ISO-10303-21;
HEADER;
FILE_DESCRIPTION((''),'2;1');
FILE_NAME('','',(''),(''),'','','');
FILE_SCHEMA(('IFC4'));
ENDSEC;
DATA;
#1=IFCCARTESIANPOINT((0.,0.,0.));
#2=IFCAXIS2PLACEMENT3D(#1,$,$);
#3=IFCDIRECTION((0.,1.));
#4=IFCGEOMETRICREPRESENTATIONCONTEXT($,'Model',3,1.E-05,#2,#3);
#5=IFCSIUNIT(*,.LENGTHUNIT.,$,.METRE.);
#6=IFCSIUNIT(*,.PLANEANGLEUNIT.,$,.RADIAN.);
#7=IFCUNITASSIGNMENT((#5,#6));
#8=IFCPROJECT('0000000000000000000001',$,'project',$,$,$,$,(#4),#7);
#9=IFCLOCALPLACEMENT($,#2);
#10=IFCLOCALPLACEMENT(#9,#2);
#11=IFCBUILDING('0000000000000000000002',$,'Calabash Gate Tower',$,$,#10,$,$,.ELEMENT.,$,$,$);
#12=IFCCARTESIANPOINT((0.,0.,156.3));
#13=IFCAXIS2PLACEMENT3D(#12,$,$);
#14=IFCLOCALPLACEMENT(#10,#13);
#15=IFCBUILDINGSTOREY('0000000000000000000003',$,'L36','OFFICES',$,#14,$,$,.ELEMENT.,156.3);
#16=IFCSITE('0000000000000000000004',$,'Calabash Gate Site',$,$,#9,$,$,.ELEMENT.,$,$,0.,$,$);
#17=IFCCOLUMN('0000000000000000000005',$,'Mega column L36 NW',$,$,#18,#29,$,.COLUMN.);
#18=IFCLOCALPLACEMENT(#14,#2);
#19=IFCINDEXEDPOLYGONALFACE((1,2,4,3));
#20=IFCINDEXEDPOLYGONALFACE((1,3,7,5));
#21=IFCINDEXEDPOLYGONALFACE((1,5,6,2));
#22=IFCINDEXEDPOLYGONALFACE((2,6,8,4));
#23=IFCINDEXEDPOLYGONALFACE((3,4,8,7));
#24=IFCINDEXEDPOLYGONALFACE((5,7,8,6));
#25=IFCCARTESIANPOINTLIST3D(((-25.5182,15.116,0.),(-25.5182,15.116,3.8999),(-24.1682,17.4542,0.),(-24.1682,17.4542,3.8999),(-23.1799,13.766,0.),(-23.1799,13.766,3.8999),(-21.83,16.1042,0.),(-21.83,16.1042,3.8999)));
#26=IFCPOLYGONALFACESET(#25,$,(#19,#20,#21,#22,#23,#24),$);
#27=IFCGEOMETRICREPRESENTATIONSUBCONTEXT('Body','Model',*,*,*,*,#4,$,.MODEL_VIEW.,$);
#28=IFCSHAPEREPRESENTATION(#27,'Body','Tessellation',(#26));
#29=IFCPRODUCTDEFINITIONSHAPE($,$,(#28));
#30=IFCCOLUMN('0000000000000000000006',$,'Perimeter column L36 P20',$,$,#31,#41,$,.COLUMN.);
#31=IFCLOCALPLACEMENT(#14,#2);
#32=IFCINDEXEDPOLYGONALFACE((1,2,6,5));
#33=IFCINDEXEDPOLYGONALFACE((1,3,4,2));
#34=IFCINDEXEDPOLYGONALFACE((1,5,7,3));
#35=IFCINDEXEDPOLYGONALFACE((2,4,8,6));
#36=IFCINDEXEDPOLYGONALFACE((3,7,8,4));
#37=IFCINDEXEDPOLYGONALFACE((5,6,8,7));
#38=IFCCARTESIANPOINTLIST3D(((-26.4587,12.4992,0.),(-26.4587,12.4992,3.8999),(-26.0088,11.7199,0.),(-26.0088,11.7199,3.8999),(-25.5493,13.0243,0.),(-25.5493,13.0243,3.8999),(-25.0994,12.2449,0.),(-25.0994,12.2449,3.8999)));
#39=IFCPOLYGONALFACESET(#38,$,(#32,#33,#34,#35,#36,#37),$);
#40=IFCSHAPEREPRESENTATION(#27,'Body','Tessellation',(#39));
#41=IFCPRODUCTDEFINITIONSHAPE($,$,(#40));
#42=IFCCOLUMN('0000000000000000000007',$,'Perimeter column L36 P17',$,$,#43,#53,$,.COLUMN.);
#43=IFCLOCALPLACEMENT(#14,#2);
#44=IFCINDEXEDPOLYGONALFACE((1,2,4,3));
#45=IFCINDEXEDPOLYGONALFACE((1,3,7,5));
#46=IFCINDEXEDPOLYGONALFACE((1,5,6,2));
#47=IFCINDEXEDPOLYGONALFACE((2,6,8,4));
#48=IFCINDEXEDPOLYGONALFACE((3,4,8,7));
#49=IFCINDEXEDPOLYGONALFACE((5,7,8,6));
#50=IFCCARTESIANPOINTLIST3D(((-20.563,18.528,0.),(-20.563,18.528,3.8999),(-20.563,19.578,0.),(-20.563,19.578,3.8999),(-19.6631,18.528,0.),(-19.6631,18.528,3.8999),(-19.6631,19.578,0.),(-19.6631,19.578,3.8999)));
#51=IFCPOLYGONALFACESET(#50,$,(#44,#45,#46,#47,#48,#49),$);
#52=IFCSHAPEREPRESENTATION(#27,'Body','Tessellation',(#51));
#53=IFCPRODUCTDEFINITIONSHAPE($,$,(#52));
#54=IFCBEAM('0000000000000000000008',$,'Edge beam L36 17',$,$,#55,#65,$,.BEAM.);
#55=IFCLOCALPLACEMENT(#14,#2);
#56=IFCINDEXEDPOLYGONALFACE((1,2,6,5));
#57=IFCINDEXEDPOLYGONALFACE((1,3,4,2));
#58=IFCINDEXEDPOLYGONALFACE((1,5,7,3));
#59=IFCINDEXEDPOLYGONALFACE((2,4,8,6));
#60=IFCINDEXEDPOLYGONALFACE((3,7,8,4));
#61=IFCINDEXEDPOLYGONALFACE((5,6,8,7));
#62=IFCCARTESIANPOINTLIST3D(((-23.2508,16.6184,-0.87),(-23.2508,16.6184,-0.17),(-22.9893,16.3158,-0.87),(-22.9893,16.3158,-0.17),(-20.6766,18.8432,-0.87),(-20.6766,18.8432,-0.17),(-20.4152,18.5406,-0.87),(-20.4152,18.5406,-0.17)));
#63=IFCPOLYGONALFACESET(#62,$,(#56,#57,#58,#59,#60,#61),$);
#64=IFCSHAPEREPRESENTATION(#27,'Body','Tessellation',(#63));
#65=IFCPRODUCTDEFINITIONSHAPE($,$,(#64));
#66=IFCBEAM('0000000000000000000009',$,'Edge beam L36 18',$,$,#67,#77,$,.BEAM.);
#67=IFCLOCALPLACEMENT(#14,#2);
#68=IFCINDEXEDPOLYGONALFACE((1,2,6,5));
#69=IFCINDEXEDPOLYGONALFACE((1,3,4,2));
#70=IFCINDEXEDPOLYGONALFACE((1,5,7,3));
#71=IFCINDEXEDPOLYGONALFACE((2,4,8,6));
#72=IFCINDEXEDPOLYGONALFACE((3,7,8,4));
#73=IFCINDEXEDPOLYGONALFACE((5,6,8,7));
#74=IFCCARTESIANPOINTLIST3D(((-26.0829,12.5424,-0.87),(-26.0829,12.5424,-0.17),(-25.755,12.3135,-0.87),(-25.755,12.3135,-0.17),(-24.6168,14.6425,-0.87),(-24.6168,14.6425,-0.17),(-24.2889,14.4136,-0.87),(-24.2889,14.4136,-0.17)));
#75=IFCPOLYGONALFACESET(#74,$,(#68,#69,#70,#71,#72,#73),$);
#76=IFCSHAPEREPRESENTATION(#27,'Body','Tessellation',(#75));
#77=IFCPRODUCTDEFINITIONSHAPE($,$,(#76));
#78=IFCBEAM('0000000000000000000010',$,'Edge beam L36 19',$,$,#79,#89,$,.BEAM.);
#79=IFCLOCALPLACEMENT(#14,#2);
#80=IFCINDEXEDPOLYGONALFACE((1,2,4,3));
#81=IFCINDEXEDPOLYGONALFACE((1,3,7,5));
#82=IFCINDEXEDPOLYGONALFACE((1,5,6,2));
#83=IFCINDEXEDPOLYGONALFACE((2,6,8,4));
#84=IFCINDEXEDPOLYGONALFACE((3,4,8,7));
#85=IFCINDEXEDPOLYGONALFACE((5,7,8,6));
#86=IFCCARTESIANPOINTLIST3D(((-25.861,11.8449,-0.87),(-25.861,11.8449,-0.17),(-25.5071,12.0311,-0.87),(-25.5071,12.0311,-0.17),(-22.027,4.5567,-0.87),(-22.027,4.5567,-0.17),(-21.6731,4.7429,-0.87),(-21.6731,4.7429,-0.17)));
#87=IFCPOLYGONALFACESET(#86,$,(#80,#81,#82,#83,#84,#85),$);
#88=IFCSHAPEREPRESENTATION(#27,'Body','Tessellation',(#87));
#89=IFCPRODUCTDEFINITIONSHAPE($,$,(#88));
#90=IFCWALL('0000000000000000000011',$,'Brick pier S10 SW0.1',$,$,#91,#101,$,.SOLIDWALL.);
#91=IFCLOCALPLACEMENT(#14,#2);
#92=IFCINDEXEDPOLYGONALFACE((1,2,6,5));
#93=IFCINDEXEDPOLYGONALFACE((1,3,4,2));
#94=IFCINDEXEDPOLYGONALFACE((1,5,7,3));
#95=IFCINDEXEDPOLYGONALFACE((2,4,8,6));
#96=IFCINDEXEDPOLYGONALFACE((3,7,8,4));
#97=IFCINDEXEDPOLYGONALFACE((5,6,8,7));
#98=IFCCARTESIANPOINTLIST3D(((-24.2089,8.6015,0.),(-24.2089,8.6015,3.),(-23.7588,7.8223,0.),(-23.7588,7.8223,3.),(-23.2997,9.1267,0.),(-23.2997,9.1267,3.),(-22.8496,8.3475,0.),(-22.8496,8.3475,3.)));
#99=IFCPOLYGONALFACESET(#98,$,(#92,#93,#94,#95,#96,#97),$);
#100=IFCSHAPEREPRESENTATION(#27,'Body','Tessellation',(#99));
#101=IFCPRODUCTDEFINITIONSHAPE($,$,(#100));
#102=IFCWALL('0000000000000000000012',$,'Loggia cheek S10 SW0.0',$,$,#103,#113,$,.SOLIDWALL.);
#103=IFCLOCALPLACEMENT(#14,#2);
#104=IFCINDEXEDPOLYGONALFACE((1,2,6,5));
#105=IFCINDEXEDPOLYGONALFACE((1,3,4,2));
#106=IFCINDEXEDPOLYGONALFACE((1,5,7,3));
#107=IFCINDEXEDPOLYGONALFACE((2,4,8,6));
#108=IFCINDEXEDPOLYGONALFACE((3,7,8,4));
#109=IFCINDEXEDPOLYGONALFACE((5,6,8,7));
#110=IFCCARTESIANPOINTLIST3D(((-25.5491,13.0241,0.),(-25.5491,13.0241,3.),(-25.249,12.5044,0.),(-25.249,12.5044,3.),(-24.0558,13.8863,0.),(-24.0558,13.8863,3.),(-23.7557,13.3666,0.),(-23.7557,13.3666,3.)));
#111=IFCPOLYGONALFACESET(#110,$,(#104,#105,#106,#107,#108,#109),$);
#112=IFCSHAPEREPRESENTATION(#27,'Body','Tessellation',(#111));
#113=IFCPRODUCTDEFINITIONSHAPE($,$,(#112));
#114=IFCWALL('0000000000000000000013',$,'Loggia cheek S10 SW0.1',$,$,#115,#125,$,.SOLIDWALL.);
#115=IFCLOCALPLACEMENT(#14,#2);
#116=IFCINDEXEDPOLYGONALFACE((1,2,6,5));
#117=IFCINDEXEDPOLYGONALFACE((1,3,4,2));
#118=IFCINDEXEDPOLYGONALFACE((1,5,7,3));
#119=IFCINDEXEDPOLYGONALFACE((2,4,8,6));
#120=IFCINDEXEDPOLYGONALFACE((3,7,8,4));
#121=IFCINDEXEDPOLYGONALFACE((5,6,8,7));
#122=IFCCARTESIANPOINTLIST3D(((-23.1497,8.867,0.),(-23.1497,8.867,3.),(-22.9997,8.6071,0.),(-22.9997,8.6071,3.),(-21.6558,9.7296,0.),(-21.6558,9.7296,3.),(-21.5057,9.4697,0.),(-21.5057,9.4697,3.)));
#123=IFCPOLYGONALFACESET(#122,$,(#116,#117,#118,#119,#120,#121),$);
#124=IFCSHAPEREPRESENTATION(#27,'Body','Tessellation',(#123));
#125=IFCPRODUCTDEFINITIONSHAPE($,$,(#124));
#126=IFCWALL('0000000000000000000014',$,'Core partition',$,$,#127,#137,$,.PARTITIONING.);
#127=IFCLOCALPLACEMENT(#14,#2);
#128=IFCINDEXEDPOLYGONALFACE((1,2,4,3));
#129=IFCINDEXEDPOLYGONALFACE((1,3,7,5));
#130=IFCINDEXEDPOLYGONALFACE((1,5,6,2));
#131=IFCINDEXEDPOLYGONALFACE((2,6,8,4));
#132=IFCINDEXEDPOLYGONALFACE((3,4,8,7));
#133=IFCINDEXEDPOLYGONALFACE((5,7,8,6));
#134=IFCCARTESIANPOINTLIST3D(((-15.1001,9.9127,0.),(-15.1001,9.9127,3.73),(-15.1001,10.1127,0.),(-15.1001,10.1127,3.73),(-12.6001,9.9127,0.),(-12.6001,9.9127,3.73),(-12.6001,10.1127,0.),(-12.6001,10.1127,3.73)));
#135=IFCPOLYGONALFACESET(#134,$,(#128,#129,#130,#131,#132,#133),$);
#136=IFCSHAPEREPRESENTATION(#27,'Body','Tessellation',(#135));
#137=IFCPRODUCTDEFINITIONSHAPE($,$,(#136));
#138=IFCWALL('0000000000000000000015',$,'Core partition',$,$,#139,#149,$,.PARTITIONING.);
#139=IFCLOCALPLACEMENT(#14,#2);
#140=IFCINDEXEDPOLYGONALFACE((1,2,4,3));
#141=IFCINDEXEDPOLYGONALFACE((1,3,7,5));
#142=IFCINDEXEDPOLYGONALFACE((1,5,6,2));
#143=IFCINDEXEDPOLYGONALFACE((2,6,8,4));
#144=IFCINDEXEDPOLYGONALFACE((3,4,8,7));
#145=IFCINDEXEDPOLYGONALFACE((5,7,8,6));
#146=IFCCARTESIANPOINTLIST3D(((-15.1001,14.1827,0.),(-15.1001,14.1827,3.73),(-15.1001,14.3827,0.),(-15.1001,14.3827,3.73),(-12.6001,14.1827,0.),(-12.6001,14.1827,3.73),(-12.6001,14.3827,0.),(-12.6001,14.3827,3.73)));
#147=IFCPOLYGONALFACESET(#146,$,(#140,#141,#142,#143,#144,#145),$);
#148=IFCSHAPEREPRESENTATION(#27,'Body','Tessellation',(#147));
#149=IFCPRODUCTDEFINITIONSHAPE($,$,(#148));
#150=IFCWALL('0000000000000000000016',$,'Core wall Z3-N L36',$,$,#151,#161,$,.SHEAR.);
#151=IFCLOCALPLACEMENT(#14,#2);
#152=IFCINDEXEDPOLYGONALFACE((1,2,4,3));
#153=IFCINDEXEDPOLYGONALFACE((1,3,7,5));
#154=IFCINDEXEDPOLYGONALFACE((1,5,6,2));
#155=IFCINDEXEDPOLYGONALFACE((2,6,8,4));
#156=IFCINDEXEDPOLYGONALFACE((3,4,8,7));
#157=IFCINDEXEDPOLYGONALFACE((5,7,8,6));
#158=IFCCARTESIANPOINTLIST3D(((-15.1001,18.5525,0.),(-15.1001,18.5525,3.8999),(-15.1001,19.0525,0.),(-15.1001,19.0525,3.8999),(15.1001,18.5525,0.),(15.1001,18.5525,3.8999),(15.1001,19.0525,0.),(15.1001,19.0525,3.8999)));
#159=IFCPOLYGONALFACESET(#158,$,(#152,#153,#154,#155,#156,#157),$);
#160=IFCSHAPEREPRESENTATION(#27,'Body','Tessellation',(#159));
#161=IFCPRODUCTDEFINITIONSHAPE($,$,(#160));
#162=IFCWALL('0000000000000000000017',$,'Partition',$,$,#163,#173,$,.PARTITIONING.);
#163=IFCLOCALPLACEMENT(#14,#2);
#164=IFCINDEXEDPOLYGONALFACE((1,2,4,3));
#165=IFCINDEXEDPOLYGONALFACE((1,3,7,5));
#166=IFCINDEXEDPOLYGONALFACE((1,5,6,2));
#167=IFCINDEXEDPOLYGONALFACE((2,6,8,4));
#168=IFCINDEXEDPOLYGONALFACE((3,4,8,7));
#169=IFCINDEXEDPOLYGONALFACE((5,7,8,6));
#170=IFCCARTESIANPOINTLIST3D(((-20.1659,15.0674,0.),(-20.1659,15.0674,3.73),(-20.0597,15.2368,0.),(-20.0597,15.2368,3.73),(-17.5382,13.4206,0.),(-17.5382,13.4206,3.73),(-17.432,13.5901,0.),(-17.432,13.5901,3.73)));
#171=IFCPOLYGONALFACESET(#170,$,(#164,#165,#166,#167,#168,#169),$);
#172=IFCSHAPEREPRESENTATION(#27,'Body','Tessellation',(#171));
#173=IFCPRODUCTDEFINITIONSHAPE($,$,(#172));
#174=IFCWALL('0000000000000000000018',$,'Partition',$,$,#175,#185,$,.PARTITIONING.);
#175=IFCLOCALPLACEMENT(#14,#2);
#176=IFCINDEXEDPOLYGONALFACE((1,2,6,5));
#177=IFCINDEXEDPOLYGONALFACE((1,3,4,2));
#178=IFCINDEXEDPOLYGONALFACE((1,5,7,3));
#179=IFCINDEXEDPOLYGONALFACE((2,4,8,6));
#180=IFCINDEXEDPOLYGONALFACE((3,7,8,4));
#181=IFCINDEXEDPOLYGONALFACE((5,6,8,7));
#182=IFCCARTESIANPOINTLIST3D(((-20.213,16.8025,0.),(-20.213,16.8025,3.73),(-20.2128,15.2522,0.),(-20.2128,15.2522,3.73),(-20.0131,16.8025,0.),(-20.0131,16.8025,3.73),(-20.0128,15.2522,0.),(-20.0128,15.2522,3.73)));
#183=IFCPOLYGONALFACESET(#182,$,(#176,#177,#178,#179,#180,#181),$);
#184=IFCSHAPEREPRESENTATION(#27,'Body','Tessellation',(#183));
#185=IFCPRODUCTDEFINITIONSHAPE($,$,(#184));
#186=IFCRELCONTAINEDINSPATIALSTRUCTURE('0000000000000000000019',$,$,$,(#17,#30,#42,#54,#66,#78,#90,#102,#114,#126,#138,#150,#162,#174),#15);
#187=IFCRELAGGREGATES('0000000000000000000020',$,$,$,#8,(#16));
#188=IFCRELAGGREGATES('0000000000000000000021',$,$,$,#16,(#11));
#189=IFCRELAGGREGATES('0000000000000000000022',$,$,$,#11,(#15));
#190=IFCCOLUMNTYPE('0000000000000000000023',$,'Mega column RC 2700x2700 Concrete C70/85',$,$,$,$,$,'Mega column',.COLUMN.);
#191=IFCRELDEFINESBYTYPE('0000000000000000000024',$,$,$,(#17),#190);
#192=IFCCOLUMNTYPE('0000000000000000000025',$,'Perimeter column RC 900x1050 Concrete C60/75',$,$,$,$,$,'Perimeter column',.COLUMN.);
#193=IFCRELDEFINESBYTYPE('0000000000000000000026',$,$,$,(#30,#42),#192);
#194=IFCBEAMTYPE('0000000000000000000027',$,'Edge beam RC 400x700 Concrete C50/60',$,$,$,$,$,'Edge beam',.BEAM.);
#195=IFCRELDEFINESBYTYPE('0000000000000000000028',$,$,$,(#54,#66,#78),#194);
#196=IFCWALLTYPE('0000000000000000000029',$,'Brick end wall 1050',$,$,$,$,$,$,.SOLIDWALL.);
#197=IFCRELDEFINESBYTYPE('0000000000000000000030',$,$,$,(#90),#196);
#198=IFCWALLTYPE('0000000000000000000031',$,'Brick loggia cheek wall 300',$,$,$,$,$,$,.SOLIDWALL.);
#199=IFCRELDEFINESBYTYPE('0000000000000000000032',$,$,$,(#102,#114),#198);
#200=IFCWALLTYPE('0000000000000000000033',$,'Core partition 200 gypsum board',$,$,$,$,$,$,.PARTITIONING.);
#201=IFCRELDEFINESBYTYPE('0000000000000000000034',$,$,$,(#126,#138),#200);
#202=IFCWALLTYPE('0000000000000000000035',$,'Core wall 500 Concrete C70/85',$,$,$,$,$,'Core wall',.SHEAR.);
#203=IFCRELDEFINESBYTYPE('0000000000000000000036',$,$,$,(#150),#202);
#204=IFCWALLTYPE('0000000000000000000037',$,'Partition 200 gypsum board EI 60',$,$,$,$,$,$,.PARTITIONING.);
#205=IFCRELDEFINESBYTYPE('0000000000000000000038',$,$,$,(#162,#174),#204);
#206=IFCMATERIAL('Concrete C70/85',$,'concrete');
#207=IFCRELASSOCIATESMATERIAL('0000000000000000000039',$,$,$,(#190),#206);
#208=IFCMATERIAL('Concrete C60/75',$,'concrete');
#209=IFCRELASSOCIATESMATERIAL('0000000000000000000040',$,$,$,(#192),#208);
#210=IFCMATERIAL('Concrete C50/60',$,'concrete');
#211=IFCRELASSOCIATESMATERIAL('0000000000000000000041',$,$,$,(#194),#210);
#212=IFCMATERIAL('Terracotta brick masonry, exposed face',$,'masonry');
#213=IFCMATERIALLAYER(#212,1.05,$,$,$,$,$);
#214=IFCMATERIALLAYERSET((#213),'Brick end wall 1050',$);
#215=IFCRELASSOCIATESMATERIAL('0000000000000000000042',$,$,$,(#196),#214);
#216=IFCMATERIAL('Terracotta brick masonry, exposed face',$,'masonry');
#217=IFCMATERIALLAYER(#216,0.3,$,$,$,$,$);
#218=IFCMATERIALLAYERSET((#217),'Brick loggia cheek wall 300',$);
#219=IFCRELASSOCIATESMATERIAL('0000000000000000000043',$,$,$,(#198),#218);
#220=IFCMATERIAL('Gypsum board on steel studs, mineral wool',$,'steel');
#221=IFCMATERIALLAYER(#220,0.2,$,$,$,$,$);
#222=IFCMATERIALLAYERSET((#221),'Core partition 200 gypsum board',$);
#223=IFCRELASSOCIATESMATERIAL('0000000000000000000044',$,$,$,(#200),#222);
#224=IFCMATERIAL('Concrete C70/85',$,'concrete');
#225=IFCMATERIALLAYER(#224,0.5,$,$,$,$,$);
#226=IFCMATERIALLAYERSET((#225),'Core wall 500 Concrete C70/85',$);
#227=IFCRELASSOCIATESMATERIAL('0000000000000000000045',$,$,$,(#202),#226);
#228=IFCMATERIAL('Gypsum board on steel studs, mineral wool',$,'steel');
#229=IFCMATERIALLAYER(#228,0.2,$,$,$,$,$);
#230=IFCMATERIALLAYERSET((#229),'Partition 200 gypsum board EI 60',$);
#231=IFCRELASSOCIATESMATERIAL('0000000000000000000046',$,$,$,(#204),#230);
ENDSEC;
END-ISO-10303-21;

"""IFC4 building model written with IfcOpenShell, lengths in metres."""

from ifc_helpers import new_model, si_unit, direction, frame, frame_2d, origin, origin_2d, place, context, subcontext, project, spatial, rectangle, extrude, material, layer, layer_set, material_profile, profile_set, type_object, element, save


model = new_model("IFC4")

# Units and contexts
model_context = context("Model", 3, precision=1e-05, world=origin(), true_north=direction((0.0, 1.0)))
body_context = subcontext(model_context, "Body", "Model", "MODEL_VIEW")
ifc_project = project(units=[si_unit("LENGTHUNIT", "METRE"), si_unit("PLANEANGLEUNIT", "RADIAN")], contexts=[model_context])

# Site, building, storey
site_placement = place(None, origin())
site = spatial("IfcSite", under=ifc_project, at=site_placement, Name="Calabash Gate Site", CompositionType="ELEMENT", RefElevation=0.0)
building_placement = place(site_placement, origin())
building = spatial("IfcBuilding", under=site, at=building_placement, Name="Calabash Gate Tower", CompositionType="ELEMENT")
storey_placement = place(building_placement, frame((0.0, 0.0, 156.3)))
storey = spatial("IfcBuildingStorey", under=building, at=storey_placement, Name="L36", Description="OFFICES", CompositionType="ELEMENT", Elevation=156.3)

# Columns
ifc_material_1 = material(Name="Concrete C70/85", Category="concrete")
ifc_material_profile_1 = material_profile(ifc_material_1, rectangle(XDim=2.7, YDim=2.7, at=origin_2d()))
ifc_profile_set_1 = profile_set([ifc_material_profile_1], Name="Concrete C70/85")
column_type_1 = type_object("IfcColumnType", Name="Mega column RC 2700x2700 Concrete C70/85", ElementType="Mega column", PredefinedType="COLUMN", material=ifc_profile_set_1)
column_placement = place(storey_placement, frame((-23.6741, 15.6101, 0.0), z_axis=(0.0, 0.0, 1.0), x_axis=(0.866025, -0.5, 0.0)))
element("IfcColumn", 1, at=column_placement, inside=storey, type_object=column_type_1, Name="Mega column L36 NW", PredefinedType="COLUMN", context=body_context, shape_type="SweptSolid", body=[
    extrude(rectangle(XDim=2.7, YDim=2.7, at=origin_2d()), origin(), (0.0, 0.0, 1.0), 3.8999),
])
ifc_material_2 = material(Name="Concrete C60/75", Category="concrete")
ifc_material_profile_2 = material_profile(ifc_material_2, rectangle(XDim=0.8999, YDim=1.05, at=origin_2d()))
ifc_profile_set_2 = profile_set([ifc_material_profile_2], Name="Concrete C60/75")
column_type_2 = type_object("IfcColumnType", Name="Perimeter column RC 900x1050 Concrete C60/75", ElementType="Perimeter column", PredefinedType="COLUMN", material=ifc_profile_set_2)
for number, where, z_axis, x_axis, name in (
    (2, (-25.7791, 12.3721, 0.0), (0.0, 0.0, 1.0), (0.5, -0.866025, 0.0), "Perimeter column L36 P20"),
    (3, (-20.113, 19.053, 0.0), (0.0, 0.0, 1.0), (-1.0, 0.0, 0.0), "Perimeter column L36 P17"),
):
    element("IfcColumn", number, at=place(storey_placement, frame(where, z_axis=z_axis, x_axis=x_axis)), inside=storey, type_object=column_type_2, Name=name, PredefinedType="COLUMN", context=body_context, shape_type="SweptSolid", body=[
        extrude(rectangle(XDim=0.8999, YDim=1.05, at=origin_2d()), origin(), (0.0, 0.0, 1.0), 3.8999),
    ])

# Beams
ifc_material_3 = material(Name="Concrete C50/60", Category="concrete")
ifc_material_profile_3 = material_profile(ifc_material_3, rectangle(XDim=0.3999, YDim=0.7, at=origin_2d()))
ifc_profile_set_3 = profile_set([ifc_material_profile_3], Name="Concrete C50/60")
beam_type = type_object("IfcBeamType", Name="Edge beam RC 400x700 Concrete C50/60", ElementType="Edge beam", PredefinedType="BEAM", material=ifc_profile_set_3)
beam_1_placement = place(storey_placement, frame((-20.5459, 18.6919, -0.52), z_axis=(-0.756581, -0.6539, 0.0), x_axis=(0.6539, -0.756581, 0.0)))
element("IfcBeam", 4, at=beam_1_placement, inside=storey, type_object=beam_type, Name="Edge beam L36 17", PredefinedType="BEAM", context=body_context, shape_type="SweptSolid", body=[
    extrude(rectangle(XDim=0.3999, YDim=0.7, at=origin_2d()), origin(), (0.0, 0.0, 1.0), 3.4023),
])
beam_2_placement = place(storey_placement, frame((-24.4529, 14.5281, -0.52), z_axis=(-0.572413, -0.819966, 0.0), x_axis=(0.819966, -0.572413, 0.0)))
element("IfcBeam", 5, at=beam_2_placement, inside=storey, type_object=beam_type, Name="Edge beam L36 18", PredefinedType="BEAM", context=body_context, shape_type="SweptSolid", body=[
    extrude(rectangle(XDim=0.3999, YDim=0.7, at=origin_2d()), origin(), (0.0, 0.0, 1.0), 2.5613),
])
beam_3_placement = place(storey_placement, frame((-25.6841, 11.938, -0.52), z_axis=(0.46557, -0.885011, 0.0), x_axis=(0.885011, 0.46557, 0.0)))
element("IfcBeam", 6, at=beam_3_placement, inside=storey, type_object=beam_type, Name="Edge beam L36 19", PredefinedType="BEAM", context=body_context, shape_type="SweptSolid", body=[
    extrude(rectangle(XDim=0.3999, YDim=0.7, at=origin_2d()), origin(), (0.0, 0.0, 1.0), 8.2351),
])

# Walls
ifc_material_4 = material(Name="Terracotta brick masonry, exposed face", Category="masonry")
ifc_layer_1 = layer(ifc_material_4, 1.05)
ifc_layer_set_1 = layer_set([ifc_layer_1], Name="Brick end wall 1050")
wall_type_1 = type_object("IfcWallType", Name="Brick end wall 1050", PredefinedType="SOLIDWALL", material=ifc_layer_set_1)
wall_1_placement = place(storey_placement, frame((-23.0747, 8.7371, 0.0), z_axis=(0.0, 0.0, 1.0), x_axis=(-0.86593, -0.500165, 0.0)))
element("IfcWall", 7, at=wall_1_placement, inside=storey, type_object=wall_type_1, Name="Brick pier S10 SW0.1", PredefinedType="SOLIDWALL", context=body_context, shape_type="SweptSolid", body=[
    extrude(rectangle(XDim=1.05, YDim=0.8999, at=frame_2d((0.5249, 0.0))), origin(), (0.0, 0.0, 1.0), 3.0),
])
ifc_material_5 = material(Name="Terracotta brick masonry, exposed face", Category="masonry")
ifc_layer_2 = layer(ifc_material_5, 0.3)
ifc_layer_set_2 = layer_set([ifc_layer_2], Name="Brick loggia cheek wall 300")
wall_type_2 = type_object("IfcWallType", Name="Brick loggia cheek wall 300", PredefinedType="SOLIDWALL", material=ifc_layer_set_2)
wall_2_placement = place(storey_placement, frame((-25.3992, 12.7642, 0.0), z_axis=(0.0, 0.0, 1.0), x_axis=(0.866004, 0.500037, 0.0)))
element("IfcWall", 8, at=wall_2_placement, inside=storey, type_object=wall_type_2, Name="Loggia cheek S10 SW0.0", PredefinedType="SOLIDWALL", context=body_context, shape_type="SweptSolid", body=[
    extrude(rectangle(XDim=1.7244, YDim=0.6001, at=frame_2d((0.8623, 0.0))), origin(), (0.0, 0.0, 1.0), 3.0),
])
wall_3_placement = place(storey_placement, frame((-23.0747, 8.7371, 0.0), z_axis=(0.0, 0.0, 1.0), x_axis=(0.866014, 0.500021, 0.0)))
element("IfcWall", 9, at=wall_3_placement, inside=storey, type_object=wall_type_2, Name="Loggia cheek S10 SW0.1", PredefinedType="SOLIDWALL", context=body_context, shape_type="SweptSolid", body=[
    extrude(rectangle(XDim=1.7251, YDim=0.3, at=frame_2d((0.8625, 0.0))), origin(), (0.0, 0.0, 1.0), 3.0),
])
ifc_material_6 = material(Name="Gypsum board on steel studs, mineral wool", Category="steel")
ifc_layer_3 = layer(ifc_material_6, 0.2)
ifc_layer_set_3 = layer_set([ifc_layer_3], Name="Core partition 200 gypsum board")
wall_type_3 = type_object("IfcWallType", Name="Core partition 200 gypsum board", PredefinedType="PARTITIONING", material=ifc_layer_set_3)
for number, where, z_axis, x_axis, name in (
    (10, (-15.1001, 10.0127, 0.0), (0.0, 0.0, 1.0), (1.0, 0.0, 0.0), "Core partition"),
    (11, (-15.1001, 14.2827, 0.0), (0.0, 0.0, 1.0), (1.0, 0.0, 0.0), "Core partition"),
):
    element("IfcWall", number, at=place(storey_placement, frame(where, z_axis=z_axis, x_axis=x_axis)), inside=storey, type_object=wall_type_3, Name=name, PredefinedType="PARTITIONING", context=body_context, shape_type="SweptSolid", body=[
        extrude(rectangle(XDim=2.5, YDim=0.2, at=frame_2d((1.25, 0.0))), origin(), (0.0, 0.0, 1.0), 3.73),
    ])
ifc_material_7 = material(Name="Concrete C70/85", Category="concrete")
ifc_layer_4 = layer(ifc_material_7, 0.5)
ifc_layer_set_4 = layer_set([ifc_layer_4], Name="Core wall 500 Concrete C70/85")
wall_type_4 = type_object("IfcWallType", Name="Core wall 500 Concrete C70/85", ElementType="Core wall", PredefinedType="SHEAR", material=ifc_layer_set_4)
wall_4_placement = place(storey_placement, frame((-15.1001, 18.8025, 0.0), z_axis=(0.0, 0.0, 1.0), x_axis=(1.0, 0.0, 0.0)))
element("IfcWall", 12, at=wall_4_placement, inside=storey, type_object=wall_type_4, Name="Core wall Z3-N L36", PredefinedType="SHEAR", context=body_context, shape_type="SweptSolid", body=[
    extrude(rectangle(XDim=30.2002, YDim=0.5, at=frame_2d((15.1001, 0.0))), origin(), (0.0, 0.0, 1.0), 3.8999),
])
ifc_material_8 = material(Name="Gypsum board on steel studs, mineral wool", Category="steel")
ifc_layer_5 = layer(ifc_material_8, 0.2)
ifc_layer_set_5 = layer_set([ifc_layer_5], Name="Partition 200 gypsum board EI 60")
wall_type_5 = type_object("IfcWallType", Name="Partition 200 gypsum board EI 60", PredefinedType="PARTITIONING", material=ifc_layer_set_5)
wall_5_placement = place(storey_placement, frame((-20.1128, 15.1521, 0.0), z_axis=(0.0, 0.0, 1.0), x_axis=(0.847356, -0.531025, 0.0)))
element("IfcWall", 13, at=wall_5_placement, inside=storey, type_object=wall_type_5, Name="Partition", PredefinedType="PARTITIONING", context=body_context, shape_type="SweptSolid", body=[
    extrude(rectangle(XDim=3.1011, YDim=0.2, at=frame_2d((1.5505, 0.0))), origin(), (0.0, 0.0, 1.0), 3.73),
])
wall_6_placement = place(storey_placement, frame((-20.113, 16.8025, 0.0), z_axis=(0.0, 0.0, 1.0), x_axis=(0.000157, -1.0, 0.0)))
element("IfcWall", 14, at=wall_6_placement, inside=storey, type_object=wall_type_5, Name="Partition", PredefinedType="PARTITIONING", context=body_context, shape_type="SweptSolid", body=[
    extrude(rectangle(XDim=1.5503, YDim=0.2, at=frame_2d((0.7751, 0.0))), origin(), (0.0, 0.0, 1.0), 3.73),
])

save(model, "model.ifc")
